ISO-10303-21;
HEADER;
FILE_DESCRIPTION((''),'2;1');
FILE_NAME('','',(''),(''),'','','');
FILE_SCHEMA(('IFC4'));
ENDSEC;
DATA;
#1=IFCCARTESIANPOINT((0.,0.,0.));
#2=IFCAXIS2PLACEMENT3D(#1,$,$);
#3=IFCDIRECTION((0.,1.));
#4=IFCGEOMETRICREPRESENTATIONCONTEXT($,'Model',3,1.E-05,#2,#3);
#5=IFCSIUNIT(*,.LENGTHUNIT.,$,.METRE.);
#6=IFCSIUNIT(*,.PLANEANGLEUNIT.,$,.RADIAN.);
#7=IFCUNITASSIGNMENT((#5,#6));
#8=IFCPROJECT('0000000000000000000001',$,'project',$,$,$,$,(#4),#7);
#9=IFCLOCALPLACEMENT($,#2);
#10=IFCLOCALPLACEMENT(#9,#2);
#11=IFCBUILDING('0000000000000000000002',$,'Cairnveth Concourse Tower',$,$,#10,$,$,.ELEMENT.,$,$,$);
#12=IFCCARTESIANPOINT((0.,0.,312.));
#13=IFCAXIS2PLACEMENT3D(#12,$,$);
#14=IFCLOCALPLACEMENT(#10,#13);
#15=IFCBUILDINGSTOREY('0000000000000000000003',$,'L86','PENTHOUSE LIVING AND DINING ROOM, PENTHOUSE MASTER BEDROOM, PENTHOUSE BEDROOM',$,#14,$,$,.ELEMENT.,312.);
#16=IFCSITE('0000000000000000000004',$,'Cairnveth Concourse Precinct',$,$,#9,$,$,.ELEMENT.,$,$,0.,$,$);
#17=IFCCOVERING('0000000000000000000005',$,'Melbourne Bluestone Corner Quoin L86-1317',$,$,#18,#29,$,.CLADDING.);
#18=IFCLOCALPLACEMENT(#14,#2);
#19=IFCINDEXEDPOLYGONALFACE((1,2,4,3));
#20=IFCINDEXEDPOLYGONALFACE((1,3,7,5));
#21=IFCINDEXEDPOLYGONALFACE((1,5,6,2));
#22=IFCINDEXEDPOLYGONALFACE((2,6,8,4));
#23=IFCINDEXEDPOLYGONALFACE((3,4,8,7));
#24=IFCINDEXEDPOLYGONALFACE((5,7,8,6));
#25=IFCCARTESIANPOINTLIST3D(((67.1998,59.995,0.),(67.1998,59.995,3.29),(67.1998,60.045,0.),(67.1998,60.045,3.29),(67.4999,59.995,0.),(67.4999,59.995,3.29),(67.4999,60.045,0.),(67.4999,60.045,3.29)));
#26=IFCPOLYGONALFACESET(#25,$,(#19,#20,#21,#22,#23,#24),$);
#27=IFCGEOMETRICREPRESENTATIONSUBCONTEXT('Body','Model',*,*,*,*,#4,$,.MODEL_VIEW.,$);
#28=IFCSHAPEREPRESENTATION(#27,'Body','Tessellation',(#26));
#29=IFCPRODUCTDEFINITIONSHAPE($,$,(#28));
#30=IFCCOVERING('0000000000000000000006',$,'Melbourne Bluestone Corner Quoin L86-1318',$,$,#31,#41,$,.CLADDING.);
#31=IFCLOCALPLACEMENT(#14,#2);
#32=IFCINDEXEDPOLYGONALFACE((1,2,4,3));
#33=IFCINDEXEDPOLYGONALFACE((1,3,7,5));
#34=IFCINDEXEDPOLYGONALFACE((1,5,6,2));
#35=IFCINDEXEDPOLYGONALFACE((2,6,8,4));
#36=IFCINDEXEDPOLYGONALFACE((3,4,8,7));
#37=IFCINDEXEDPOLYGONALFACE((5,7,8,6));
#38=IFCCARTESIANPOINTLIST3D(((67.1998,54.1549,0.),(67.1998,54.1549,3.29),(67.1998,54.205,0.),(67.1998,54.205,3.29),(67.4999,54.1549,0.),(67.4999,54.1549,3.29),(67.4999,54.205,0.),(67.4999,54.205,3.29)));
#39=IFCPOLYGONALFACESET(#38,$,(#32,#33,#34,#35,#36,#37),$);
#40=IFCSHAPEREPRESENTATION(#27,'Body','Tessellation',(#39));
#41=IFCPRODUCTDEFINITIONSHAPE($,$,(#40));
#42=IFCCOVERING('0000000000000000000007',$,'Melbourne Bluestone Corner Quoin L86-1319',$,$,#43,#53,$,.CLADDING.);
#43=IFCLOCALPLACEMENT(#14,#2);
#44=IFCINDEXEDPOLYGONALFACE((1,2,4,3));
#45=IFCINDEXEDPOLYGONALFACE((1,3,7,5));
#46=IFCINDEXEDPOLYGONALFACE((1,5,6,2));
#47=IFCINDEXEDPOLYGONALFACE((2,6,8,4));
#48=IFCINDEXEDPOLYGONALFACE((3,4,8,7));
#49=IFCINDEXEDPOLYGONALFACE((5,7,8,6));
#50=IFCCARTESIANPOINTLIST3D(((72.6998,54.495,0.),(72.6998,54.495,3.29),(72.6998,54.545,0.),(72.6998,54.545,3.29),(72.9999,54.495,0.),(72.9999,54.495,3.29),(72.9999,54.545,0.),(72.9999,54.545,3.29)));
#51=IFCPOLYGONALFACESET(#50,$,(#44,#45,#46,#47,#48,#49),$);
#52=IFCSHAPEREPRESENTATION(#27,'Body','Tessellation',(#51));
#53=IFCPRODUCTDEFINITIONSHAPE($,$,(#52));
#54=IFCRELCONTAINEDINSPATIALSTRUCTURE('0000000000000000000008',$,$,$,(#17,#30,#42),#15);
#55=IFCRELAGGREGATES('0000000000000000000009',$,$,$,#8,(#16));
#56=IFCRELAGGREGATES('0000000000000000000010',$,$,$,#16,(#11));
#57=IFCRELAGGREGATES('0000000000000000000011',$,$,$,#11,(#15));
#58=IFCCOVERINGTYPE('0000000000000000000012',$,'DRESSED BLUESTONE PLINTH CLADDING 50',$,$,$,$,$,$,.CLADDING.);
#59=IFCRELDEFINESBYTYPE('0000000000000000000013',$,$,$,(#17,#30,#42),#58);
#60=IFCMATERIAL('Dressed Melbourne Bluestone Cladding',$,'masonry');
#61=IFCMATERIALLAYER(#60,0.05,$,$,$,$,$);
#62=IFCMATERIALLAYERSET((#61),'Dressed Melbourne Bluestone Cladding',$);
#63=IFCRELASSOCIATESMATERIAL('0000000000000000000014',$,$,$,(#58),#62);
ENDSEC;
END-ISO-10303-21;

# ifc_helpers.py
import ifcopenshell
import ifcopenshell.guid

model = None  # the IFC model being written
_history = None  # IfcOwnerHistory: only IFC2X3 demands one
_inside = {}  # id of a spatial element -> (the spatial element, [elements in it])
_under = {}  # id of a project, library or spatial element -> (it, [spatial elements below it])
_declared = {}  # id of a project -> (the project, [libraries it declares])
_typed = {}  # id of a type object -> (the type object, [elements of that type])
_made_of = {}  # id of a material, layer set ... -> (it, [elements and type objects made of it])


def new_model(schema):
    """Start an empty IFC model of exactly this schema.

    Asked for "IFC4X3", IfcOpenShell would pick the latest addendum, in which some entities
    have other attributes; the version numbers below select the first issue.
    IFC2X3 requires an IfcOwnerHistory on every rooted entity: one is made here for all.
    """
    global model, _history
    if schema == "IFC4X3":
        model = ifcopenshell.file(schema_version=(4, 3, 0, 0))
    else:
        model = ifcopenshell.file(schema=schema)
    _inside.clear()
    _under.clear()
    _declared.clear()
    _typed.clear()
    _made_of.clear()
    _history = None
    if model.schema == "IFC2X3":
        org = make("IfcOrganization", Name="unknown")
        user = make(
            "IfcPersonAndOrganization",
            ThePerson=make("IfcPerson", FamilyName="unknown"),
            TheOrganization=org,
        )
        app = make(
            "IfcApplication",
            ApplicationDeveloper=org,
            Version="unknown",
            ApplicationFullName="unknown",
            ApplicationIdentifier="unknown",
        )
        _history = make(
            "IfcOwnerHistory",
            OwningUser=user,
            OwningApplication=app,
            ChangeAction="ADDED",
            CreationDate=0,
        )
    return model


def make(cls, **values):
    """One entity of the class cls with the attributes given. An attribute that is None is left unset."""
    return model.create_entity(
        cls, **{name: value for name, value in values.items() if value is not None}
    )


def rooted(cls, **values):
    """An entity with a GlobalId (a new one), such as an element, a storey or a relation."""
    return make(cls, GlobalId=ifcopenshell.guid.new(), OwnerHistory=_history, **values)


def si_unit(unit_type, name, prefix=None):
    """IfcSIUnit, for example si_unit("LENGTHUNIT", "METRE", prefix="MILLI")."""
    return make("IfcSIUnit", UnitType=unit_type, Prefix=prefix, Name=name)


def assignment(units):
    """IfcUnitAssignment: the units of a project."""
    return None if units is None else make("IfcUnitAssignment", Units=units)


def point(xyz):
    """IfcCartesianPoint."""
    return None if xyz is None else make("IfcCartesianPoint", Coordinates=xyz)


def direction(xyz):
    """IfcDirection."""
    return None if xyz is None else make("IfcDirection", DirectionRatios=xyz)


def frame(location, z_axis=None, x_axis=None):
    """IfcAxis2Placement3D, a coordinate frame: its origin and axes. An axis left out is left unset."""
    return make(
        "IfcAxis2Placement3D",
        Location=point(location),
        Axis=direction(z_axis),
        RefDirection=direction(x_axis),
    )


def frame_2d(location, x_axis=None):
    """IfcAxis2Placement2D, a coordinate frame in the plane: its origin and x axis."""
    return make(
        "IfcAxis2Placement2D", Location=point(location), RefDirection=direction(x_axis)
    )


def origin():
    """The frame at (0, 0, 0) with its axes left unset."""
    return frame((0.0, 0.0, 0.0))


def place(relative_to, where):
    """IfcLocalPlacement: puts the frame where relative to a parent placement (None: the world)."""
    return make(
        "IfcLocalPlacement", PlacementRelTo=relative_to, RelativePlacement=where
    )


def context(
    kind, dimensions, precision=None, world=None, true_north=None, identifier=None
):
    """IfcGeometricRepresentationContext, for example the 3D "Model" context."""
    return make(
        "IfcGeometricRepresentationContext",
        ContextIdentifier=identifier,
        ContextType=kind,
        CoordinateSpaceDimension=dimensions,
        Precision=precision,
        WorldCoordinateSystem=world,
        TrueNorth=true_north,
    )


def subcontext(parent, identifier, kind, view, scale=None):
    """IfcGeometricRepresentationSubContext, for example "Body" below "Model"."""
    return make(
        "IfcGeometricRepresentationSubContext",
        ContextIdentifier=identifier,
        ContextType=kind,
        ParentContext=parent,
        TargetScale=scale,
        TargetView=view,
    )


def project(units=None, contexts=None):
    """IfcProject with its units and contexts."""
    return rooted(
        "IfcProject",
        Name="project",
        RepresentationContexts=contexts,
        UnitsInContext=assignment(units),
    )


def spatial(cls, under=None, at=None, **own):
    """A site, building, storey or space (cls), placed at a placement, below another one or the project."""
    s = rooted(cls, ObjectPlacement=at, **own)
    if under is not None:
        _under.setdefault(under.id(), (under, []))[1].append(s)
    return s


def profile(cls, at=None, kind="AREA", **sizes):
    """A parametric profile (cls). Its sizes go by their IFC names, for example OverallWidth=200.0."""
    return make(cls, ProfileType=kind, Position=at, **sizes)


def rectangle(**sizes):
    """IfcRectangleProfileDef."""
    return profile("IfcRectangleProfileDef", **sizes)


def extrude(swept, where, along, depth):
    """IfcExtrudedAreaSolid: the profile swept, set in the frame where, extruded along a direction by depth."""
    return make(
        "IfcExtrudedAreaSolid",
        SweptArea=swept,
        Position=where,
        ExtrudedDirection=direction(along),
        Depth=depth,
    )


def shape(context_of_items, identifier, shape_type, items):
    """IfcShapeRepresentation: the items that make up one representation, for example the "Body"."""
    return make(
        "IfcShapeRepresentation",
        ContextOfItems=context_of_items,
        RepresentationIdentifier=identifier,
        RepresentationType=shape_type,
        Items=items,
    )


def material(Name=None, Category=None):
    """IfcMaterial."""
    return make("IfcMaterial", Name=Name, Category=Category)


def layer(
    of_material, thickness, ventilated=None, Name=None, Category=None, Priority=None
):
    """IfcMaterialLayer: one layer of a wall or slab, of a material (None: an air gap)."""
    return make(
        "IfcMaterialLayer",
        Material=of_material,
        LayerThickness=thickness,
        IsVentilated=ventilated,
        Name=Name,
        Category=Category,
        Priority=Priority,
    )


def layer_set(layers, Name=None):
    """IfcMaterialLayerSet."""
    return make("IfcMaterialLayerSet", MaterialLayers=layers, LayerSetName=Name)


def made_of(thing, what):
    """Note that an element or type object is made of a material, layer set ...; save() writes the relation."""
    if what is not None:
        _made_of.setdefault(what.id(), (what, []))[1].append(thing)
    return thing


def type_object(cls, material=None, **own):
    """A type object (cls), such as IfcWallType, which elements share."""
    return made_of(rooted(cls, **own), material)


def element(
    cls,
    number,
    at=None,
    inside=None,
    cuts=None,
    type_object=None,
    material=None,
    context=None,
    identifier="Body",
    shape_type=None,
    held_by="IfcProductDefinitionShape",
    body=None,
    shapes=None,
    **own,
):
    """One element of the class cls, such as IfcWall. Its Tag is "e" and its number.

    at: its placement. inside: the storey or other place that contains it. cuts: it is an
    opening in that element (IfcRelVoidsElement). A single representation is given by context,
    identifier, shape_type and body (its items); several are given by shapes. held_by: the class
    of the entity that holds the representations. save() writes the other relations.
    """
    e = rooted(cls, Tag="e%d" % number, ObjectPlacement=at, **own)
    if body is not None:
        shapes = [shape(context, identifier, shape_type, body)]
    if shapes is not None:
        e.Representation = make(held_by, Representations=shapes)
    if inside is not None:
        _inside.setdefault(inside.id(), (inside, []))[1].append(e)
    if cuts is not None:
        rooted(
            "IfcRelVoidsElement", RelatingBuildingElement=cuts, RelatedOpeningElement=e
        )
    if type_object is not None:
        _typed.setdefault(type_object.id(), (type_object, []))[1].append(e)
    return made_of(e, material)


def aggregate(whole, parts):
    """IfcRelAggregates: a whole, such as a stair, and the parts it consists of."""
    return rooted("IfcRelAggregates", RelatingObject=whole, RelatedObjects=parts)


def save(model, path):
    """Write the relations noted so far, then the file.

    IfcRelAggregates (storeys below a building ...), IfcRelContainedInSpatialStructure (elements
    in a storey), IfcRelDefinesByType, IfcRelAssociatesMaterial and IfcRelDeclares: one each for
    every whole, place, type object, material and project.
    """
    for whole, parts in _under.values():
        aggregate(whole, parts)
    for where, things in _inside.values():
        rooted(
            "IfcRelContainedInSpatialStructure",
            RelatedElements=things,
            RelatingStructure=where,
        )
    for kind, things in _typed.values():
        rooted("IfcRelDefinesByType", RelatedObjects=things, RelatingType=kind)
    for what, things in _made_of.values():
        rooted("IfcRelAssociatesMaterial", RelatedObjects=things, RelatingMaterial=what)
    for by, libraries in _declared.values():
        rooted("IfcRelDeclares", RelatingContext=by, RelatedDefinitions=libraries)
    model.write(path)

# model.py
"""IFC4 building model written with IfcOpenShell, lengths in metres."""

from ifc_helpers import new_model, si_unit, direction, frame, frame_2d, origin, place, context, subcontext, project, spatial, rectangle, extrude, material, layer, layer_set, type_object, element, save


model = new_model("IFC4")

# Units and contexts
model_context = context("Model", 3, precision=1e-05, world=origin(), true_north=direction((0.0, 1.0)))
body_context = subcontext(model_context, "Body", "Model", "MODEL_VIEW")
ifc_project = project(units=[si_unit("LENGTHUNIT", "METRE"), si_unit("PLANEANGLEUNIT", "RADIAN")], contexts=[model_context])

# Site, building, storey
site_placement = place(None, origin())
site = spatial("IfcSite", under=ifc_project, at=site_placement, Name="Cairnveth Concourse Precinct", CompositionType="ELEMENT", RefElevation=0.0)
building_placement = place(site_placement, origin())
building = spatial("IfcBuilding", under=site, at=building_placement, Name="Cairnveth Concourse Tower", CompositionType="ELEMENT")
storey_placement = place(building_placement, frame((0.0, 0.0, 312.0)))
storey = spatial("IfcBuildingStorey", under=building, at=storey_placement, Name="L86", Description="PENTHOUSE LIVING AND DINING ROOM, PENTHOUSE MASTER BEDROOM, PENTHOUSE BEDROOM", CompositionType="ELEMENT", Elevation=312.0)

# Coverings
ifc_material_1 = material(Name="Dressed Melbourne Bluestone Cladding", Category="masonry")
ifc_layer_1 = layer(ifc_material_1, 0.05)
ifc_layer_set_1 = layer_set([ifc_layer_1], Name="Dressed Melbourne Bluestone Cladding")
covering_type = type_object("IfcCoveringType", Name="DRESSED BLUESTONE PLINTH CLADDING 50", PredefinedType="CLADDING", material=ifc_layer_set_1)
for number, where, z_axis, x_axis, name in (
    (1, (67.2, 60.02, 0.0), (0.0, 0.0, 1.0), (1.0, 0.0, 0.0), "Melbourne Bluestone Corner Quoin L86-1317"),
    (2, (67.2, 54.1799, 0.0), (0.0, 0.0, 1.0), (1.0, 0.0, 0.0), "Melbourne Bluestone Corner Quoin L86-1318"),
    (3, (72.7, 54.52, 0.0), (0.0, 0.0, 1.0), (1.0, 0.0, 0.0), "Melbourne Bluestone Corner Quoin L86-1319"),
):
    element("IfcCovering", number, at=place(storey_placement, frame(where, z_axis=z_axis, x_axis=x_axis)), inside=storey, type_object=covering_type, Name=name, PredefinedType="CLADDING", context=body_context, shape_type="SweptSolid", body=[
        extrude(rectangle(XDim=0.3, YDim=0.05, at=frame_2d((0.1499, 0.0))), origin(), (0.0, 0.0, 1.0), 3.29),
    ])

save(model, "model.ifc")
